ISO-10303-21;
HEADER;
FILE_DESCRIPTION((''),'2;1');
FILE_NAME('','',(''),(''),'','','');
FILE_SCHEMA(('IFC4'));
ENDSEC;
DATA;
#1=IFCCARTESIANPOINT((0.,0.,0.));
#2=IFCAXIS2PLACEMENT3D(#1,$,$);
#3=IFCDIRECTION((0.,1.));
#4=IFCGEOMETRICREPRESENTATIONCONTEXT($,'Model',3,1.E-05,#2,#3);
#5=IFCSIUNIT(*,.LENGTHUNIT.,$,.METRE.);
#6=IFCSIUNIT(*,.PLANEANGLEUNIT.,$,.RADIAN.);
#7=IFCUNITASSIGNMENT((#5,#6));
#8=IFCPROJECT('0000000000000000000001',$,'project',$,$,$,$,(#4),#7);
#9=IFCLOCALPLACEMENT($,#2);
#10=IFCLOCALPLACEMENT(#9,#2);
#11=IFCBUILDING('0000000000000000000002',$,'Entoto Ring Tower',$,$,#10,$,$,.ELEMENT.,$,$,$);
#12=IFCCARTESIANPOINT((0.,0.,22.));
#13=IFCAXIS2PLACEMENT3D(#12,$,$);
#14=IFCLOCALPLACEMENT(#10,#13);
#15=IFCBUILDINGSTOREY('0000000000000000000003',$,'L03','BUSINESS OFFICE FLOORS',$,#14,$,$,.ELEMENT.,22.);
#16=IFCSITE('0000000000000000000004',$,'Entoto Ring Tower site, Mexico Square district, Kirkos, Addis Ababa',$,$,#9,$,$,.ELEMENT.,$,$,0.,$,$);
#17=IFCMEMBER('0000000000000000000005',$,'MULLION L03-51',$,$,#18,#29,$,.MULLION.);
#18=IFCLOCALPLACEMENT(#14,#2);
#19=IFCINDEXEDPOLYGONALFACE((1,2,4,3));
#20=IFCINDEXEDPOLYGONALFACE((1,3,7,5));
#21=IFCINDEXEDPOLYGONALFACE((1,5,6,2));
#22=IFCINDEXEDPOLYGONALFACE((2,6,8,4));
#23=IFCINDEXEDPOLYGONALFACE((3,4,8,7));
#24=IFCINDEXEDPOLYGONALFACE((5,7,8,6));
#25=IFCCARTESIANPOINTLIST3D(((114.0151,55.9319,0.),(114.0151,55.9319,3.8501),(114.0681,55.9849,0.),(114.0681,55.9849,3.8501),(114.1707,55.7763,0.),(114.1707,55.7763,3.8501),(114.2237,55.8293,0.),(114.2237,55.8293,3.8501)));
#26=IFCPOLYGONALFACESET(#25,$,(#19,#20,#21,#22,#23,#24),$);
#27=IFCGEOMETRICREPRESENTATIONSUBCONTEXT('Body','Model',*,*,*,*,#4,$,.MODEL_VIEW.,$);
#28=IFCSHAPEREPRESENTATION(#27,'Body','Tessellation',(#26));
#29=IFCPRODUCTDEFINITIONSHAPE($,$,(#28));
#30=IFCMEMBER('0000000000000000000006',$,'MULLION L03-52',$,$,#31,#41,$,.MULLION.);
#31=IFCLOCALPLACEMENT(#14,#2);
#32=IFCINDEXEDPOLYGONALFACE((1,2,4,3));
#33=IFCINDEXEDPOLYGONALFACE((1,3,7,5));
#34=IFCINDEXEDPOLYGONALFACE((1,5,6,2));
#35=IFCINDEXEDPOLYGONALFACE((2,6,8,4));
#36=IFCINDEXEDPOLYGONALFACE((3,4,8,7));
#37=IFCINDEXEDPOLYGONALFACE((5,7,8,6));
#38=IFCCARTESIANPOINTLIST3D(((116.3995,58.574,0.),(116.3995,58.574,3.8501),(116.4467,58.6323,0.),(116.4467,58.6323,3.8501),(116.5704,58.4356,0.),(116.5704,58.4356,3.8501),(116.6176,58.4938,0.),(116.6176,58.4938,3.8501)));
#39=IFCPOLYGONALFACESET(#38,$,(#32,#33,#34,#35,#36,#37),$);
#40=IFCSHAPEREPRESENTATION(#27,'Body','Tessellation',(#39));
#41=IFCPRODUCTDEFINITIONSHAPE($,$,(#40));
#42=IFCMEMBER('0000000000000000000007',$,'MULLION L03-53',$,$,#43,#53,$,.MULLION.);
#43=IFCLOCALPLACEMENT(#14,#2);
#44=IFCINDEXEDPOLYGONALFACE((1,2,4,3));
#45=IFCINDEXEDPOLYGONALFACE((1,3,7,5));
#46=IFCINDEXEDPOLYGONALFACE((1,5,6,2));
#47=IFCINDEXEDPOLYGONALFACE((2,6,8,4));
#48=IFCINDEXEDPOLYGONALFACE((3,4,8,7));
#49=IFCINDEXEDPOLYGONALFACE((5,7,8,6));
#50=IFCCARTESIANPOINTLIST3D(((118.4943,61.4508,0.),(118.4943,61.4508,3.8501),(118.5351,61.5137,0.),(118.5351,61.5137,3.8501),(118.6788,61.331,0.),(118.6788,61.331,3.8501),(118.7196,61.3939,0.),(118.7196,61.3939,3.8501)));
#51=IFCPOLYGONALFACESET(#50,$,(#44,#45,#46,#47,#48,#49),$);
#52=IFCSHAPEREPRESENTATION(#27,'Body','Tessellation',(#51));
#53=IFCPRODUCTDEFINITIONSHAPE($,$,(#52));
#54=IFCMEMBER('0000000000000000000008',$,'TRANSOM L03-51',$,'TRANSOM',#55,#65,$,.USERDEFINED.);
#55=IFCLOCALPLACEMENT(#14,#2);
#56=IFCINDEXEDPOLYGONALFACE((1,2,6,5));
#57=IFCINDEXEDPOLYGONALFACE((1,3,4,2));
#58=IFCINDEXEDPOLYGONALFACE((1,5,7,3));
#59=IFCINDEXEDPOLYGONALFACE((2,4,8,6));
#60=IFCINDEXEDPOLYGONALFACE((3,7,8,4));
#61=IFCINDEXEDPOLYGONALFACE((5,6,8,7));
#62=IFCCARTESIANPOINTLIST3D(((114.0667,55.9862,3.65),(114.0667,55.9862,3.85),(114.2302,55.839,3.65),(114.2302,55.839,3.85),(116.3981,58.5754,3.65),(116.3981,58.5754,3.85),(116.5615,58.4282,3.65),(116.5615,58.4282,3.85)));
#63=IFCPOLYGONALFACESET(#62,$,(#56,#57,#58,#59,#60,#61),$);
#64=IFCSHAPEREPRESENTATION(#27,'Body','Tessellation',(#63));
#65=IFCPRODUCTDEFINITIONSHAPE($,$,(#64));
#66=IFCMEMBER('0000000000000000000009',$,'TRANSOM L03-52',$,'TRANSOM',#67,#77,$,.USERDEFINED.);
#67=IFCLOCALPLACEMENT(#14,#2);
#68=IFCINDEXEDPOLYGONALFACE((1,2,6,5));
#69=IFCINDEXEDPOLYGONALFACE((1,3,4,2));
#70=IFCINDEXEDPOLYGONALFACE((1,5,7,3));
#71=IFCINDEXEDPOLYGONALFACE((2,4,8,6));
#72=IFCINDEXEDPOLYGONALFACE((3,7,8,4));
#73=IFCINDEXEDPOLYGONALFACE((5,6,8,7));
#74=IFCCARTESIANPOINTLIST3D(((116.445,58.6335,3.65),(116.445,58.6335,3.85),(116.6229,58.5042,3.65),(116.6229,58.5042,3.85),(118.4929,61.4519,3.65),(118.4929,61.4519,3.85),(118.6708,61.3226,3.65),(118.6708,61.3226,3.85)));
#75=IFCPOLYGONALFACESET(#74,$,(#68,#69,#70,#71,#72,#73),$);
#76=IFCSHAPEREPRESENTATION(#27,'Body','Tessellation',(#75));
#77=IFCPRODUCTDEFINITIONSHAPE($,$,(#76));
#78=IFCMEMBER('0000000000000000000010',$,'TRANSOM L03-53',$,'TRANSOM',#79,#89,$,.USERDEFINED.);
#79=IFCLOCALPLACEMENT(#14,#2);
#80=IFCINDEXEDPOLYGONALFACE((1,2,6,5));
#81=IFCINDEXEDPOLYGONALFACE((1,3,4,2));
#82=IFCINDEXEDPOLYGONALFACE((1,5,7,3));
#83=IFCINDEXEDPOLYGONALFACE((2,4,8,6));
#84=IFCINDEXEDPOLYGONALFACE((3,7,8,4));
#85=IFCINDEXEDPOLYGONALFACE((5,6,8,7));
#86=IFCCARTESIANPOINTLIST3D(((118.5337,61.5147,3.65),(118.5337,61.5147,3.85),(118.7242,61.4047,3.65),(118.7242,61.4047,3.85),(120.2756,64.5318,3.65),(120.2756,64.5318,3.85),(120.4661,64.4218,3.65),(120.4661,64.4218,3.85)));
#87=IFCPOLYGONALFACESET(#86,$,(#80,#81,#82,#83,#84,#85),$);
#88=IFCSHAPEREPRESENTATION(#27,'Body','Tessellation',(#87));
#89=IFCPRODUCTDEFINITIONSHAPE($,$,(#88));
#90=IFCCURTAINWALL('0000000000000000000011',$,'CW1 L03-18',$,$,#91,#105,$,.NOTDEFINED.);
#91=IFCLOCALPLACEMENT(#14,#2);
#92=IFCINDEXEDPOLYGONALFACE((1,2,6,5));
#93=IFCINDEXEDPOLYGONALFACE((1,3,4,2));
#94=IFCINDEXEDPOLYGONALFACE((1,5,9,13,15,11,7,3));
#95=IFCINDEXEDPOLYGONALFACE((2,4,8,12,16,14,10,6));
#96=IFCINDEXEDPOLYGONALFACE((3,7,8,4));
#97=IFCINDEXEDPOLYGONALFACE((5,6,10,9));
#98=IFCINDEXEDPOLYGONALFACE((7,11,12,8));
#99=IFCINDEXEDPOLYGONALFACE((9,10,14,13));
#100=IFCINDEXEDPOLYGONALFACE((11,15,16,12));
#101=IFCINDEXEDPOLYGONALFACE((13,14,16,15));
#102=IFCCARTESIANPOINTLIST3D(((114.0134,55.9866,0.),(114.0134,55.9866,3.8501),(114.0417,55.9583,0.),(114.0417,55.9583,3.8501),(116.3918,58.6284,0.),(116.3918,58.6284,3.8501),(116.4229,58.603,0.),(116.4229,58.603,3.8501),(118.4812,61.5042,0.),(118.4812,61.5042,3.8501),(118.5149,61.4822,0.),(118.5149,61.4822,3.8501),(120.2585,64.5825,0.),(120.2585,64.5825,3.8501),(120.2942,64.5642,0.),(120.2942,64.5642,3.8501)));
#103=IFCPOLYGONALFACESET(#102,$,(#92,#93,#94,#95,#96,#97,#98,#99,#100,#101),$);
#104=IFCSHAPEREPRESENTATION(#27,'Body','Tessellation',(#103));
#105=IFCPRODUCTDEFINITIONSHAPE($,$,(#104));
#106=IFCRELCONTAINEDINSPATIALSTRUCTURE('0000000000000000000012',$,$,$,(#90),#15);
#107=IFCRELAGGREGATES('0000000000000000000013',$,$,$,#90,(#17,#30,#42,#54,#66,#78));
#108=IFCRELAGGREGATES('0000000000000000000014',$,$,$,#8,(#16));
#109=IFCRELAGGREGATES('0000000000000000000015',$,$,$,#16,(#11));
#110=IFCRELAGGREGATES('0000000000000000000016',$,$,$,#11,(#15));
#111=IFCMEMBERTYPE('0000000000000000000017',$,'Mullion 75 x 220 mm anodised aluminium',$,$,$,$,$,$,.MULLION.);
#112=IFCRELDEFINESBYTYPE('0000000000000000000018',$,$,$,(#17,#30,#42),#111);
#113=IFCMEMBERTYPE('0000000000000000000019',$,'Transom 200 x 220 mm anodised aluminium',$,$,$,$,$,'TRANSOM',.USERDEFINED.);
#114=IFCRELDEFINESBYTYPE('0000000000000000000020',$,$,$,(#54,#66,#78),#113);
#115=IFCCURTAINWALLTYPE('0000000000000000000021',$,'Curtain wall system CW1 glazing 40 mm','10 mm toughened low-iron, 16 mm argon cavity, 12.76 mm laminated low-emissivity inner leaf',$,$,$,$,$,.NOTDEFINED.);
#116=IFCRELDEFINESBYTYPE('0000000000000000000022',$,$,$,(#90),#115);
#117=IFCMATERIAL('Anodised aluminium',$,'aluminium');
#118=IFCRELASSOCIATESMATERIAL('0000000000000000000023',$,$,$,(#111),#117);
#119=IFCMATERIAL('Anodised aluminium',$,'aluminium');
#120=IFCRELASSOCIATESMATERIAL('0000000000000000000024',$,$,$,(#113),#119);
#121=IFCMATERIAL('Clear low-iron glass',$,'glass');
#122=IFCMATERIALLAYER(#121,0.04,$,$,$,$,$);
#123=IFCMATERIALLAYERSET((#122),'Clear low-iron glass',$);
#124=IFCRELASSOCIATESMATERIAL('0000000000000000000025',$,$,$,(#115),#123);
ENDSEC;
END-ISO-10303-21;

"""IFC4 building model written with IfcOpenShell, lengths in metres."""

from ifc_helpers import new_model, si_unit, direction, frame, origin, origin_2d, place, context, subcontext, project, spatial, polyline, rectangle, outline, extrude, material, layer, layer_set, material_profile, profile_set, type_object, element, aggregate, save


model = new_model("IFC4")

# Units and contexts
model_context = context("Model", 3, precision=1e-05, world=origin(), true_north=direction((0.0, 1.0)))
body_context = subcontext(model_context, "Body", "Model", "MODEL_VIEW")
ifc_project = project(units=[si_unit("LENGTHUNIT", "METRE"), si_unit("PLANEANGLEUNIT", "RADIAN")], contexts=[model_context])

# Members
ifc_material_1 = material(Name="Anodised aluminium", Category="aluminium")
ifc_material_profile_1 = material_profile(ifc_material_1, rectangle(XDim=0.075, YDim=0.22, at=origin_2d()), Name="Mullion 75 x 220 mm anodised aluminium")
ifc_profile_set_1 = profile_set([ifc_material_profile_1], Name="Anodised aluminium")
member_type_1 = type_object("IfcMemberType", Name="Mullion 75 x 220 mm anodised aluminium", PredefinedType="MULLION", material=ifc_profile_set_1)
site_placement = place(None, origin())
building_placement = place(site_placement, origin())
storey_placement = place(building_placement, frame((0.0, 0.0, 22.0)))
member_1_placement = place(storey_placement, frame((114.1194, 55.8806, 0.0), z_axis=(0.0, 0.0, 1.0), x_axis=(0.707107, 0.707107, 0.0)))
member_1 = element("IfcMember", 1, at=member_1_placement, type_object=member_type_1, Name="MULLION L03-51", PredefinedType="MULLION", context=body_context, shape_type="SweptSolid", body=[
    extrude(rectangle(XDim=0.075, YDim=0.22, at=origin_2d()), origin(), (0.0, 0.0, 1.0), 3.8501),
])
member_2_placement = place(storey_placement, frame((116.5085, 58.5339, 0.0), z_axis=(0.0, 0.0, 1.0), x_axis=(0.62932, 0.777146, 0.0)))
member_2 = element("IfcMember", 2, at=member_2_placement, type_object=member_type_1, Name="MULLION L03-52", PredefinedType="MULLION", context=body_context, shape_type="SweptSolid", body=[
    extrude(rectangle(XDim=0.075, YDim=0.22, at=origin_2d()), origin(), (0.0, 0.0, 1.0), 3.8501),
])
member_3_placement = place(storey_placement, frame((118.6069, 61.4224, 0.0), z_axis=(0.0, 0.0, 1.0), x_axis=(0.544639, 0.838671, 0.0)))
member_3 = element("IfcMember", 3, at=member_3_placement, type_object=member_type_1, Name="MULLION L03-53", PredefinedType="MULLION", context=body_context, shape_type="SweptSolid", body=[
    extrude(rectangle(XDim=0.075, YDim=0.22, at=origin_2d()), origin(), (0.0, 0.0, 1.0), 3.8501),
])
ifc_material_2 = material(Name="Anodised aluminium", Category="aluminium")
ifc_material_profile_2 = material_profile(ifc_material_2, rectangle(XDim=0.22, YDim=0.2, at=origin_2d()), Name="Transom 200 x 220 mm anodised aluminium")
ifc_profile_set_2 = profile_set([ifc_material_profile_2], Name="Anodised aluminium")
member_type_2 = type_object("IfcMemberType", Name="Transom 200 x 220 mm anodised aluminium", ElementType="TRANSOM", PredefinedType="USERDEFINED", material=ifc_profile_set_2)
member_4_placement = place(storey_placement, frame((114.1484, 55.9126, 3.75), z_axis=(0.669139, 0.743137, 0.0), x_axis=(-0.743137, 0.669139, 0.0)))
member_4 = element("IfcMember", 4, at=member_4_placement, type_object=member_type_2, Name="TRANSOM L03-51", ObjectType="TRANSOM", PredefinedType="USERDEFINED", context=body_context, shape_type="SweptSolid", body=[
    extrude(rectangle(XDim=0.22, YDim=0.2, at=origin_2d()), origin(), (0.0, 0.0, 1.0), 3.4841),
])
member_5_placement = place(storey_placement, frame((116.5339, 58.5688, 3.75), z_axis=(0.587822, 0.808991, 0.0), x_axis=(-0.808991, 0.587822, 0.0)))
member_5 = element("IfcMember", 5, at=member_5_placement, type_object=member_type_2, Name="TRANSOM L03-52", ObjectType="TRANSOM", PredefinedType="USERDEFINED", context=body_context, shape_type="SweptSolid", body=[
    extrude(rectangle(XDim=0.22, YDim=0.2, at=origin_2d()), origin(), (0.0, 0.0, 1.0), 3.4839),
])
member_6_placement = place(storey_placement, frame((118.6289, 61.4597, 3.75), z_axis=(0.500006, 0.866022, 0.0), x_axis=(-0.866022, 0.500006, 0.0)))
member_6 = element("IfcMember", 6, at=member_6_placement, type_object=member_type_2, Name="TRANSOM L03-53", ObjectType="TRANSOM", PredefinedType="USERDEFINED", context=body_context, shape_type="SweptSolid", body=[
    extrude(rectangle(XDim=0.22, YDim=0.2, at=origin_2d()), origin(), (0.0, 0.0, 1.0), 3.4839),
])

# Site, building, storey
site = spatial("IfcSite", under=ifc_project, at=site_placement, Name="Entoto Ring Tower site, Mexico Square district, Kirkos, Addis Ababa", CompositionType="ELEMENT", RefElevation=0.0)
building = spatial("IfcBuilding", under=site, at=building_placement, Name="Entoto Ring Tower", CompositionType="ELEMENT")
storey = spatial("IfcBuildingStorey", under=building, at=storey_placement, Name="L03", Description="BUSINESS OFFICE FLOORS", CompositionType="ELEMENT", Elevation=22.0)

# Curtain wall
ifc_material_3 = material(Name="Clear low-iron glass", Category="glass")
ifc_layer_1 = layer(ifc_material_3, 0.04)
ifc_layer_set_1 = layer_set([ifc_layer_1], Name="Clear low-iron glass")
curtain_wall_type = type_object("IfcCurtainWallType", Name="Curtain wall system CW1 glazing 40 mm", Description="10 mm toughened low-iron, 16 mm argon cavity, 12.76 mm laminated low-emissivity inner leaf", PredefinedType="NOTDEFINED", material=ifc_layer_set_1)
curtain_wall_1_placement = place(storey_placement, origin())
curtain_wall_1 = element("IfcCurtainWall", 7, at=curtain_wall_1_placement, inside=storey, type_object=curtain_wall_type, Name="CW1 L03-18", PredefinedType="NOTDEFINED", context=body_context, shape_type="SweptSolid", body=[
    extrude(outline(polyline([(114.0417, 55.9583), (116.4229, 58.603), (118.5149, 61.4822), (120.2942, 64.5642), (120.2585, 64.5825), (118.4812, 61.5042), (116.3918, 58.6284), (114.0134, 55.9866), (114.0417, 55.9583)])), origin(), (0.0, 0.0, 1.0), 3.8501),
])
aggregate(curtain_wall_1, [member_1, member_2, member_3, member_4, member_5, member_6])

save(model, "model.ifc")
